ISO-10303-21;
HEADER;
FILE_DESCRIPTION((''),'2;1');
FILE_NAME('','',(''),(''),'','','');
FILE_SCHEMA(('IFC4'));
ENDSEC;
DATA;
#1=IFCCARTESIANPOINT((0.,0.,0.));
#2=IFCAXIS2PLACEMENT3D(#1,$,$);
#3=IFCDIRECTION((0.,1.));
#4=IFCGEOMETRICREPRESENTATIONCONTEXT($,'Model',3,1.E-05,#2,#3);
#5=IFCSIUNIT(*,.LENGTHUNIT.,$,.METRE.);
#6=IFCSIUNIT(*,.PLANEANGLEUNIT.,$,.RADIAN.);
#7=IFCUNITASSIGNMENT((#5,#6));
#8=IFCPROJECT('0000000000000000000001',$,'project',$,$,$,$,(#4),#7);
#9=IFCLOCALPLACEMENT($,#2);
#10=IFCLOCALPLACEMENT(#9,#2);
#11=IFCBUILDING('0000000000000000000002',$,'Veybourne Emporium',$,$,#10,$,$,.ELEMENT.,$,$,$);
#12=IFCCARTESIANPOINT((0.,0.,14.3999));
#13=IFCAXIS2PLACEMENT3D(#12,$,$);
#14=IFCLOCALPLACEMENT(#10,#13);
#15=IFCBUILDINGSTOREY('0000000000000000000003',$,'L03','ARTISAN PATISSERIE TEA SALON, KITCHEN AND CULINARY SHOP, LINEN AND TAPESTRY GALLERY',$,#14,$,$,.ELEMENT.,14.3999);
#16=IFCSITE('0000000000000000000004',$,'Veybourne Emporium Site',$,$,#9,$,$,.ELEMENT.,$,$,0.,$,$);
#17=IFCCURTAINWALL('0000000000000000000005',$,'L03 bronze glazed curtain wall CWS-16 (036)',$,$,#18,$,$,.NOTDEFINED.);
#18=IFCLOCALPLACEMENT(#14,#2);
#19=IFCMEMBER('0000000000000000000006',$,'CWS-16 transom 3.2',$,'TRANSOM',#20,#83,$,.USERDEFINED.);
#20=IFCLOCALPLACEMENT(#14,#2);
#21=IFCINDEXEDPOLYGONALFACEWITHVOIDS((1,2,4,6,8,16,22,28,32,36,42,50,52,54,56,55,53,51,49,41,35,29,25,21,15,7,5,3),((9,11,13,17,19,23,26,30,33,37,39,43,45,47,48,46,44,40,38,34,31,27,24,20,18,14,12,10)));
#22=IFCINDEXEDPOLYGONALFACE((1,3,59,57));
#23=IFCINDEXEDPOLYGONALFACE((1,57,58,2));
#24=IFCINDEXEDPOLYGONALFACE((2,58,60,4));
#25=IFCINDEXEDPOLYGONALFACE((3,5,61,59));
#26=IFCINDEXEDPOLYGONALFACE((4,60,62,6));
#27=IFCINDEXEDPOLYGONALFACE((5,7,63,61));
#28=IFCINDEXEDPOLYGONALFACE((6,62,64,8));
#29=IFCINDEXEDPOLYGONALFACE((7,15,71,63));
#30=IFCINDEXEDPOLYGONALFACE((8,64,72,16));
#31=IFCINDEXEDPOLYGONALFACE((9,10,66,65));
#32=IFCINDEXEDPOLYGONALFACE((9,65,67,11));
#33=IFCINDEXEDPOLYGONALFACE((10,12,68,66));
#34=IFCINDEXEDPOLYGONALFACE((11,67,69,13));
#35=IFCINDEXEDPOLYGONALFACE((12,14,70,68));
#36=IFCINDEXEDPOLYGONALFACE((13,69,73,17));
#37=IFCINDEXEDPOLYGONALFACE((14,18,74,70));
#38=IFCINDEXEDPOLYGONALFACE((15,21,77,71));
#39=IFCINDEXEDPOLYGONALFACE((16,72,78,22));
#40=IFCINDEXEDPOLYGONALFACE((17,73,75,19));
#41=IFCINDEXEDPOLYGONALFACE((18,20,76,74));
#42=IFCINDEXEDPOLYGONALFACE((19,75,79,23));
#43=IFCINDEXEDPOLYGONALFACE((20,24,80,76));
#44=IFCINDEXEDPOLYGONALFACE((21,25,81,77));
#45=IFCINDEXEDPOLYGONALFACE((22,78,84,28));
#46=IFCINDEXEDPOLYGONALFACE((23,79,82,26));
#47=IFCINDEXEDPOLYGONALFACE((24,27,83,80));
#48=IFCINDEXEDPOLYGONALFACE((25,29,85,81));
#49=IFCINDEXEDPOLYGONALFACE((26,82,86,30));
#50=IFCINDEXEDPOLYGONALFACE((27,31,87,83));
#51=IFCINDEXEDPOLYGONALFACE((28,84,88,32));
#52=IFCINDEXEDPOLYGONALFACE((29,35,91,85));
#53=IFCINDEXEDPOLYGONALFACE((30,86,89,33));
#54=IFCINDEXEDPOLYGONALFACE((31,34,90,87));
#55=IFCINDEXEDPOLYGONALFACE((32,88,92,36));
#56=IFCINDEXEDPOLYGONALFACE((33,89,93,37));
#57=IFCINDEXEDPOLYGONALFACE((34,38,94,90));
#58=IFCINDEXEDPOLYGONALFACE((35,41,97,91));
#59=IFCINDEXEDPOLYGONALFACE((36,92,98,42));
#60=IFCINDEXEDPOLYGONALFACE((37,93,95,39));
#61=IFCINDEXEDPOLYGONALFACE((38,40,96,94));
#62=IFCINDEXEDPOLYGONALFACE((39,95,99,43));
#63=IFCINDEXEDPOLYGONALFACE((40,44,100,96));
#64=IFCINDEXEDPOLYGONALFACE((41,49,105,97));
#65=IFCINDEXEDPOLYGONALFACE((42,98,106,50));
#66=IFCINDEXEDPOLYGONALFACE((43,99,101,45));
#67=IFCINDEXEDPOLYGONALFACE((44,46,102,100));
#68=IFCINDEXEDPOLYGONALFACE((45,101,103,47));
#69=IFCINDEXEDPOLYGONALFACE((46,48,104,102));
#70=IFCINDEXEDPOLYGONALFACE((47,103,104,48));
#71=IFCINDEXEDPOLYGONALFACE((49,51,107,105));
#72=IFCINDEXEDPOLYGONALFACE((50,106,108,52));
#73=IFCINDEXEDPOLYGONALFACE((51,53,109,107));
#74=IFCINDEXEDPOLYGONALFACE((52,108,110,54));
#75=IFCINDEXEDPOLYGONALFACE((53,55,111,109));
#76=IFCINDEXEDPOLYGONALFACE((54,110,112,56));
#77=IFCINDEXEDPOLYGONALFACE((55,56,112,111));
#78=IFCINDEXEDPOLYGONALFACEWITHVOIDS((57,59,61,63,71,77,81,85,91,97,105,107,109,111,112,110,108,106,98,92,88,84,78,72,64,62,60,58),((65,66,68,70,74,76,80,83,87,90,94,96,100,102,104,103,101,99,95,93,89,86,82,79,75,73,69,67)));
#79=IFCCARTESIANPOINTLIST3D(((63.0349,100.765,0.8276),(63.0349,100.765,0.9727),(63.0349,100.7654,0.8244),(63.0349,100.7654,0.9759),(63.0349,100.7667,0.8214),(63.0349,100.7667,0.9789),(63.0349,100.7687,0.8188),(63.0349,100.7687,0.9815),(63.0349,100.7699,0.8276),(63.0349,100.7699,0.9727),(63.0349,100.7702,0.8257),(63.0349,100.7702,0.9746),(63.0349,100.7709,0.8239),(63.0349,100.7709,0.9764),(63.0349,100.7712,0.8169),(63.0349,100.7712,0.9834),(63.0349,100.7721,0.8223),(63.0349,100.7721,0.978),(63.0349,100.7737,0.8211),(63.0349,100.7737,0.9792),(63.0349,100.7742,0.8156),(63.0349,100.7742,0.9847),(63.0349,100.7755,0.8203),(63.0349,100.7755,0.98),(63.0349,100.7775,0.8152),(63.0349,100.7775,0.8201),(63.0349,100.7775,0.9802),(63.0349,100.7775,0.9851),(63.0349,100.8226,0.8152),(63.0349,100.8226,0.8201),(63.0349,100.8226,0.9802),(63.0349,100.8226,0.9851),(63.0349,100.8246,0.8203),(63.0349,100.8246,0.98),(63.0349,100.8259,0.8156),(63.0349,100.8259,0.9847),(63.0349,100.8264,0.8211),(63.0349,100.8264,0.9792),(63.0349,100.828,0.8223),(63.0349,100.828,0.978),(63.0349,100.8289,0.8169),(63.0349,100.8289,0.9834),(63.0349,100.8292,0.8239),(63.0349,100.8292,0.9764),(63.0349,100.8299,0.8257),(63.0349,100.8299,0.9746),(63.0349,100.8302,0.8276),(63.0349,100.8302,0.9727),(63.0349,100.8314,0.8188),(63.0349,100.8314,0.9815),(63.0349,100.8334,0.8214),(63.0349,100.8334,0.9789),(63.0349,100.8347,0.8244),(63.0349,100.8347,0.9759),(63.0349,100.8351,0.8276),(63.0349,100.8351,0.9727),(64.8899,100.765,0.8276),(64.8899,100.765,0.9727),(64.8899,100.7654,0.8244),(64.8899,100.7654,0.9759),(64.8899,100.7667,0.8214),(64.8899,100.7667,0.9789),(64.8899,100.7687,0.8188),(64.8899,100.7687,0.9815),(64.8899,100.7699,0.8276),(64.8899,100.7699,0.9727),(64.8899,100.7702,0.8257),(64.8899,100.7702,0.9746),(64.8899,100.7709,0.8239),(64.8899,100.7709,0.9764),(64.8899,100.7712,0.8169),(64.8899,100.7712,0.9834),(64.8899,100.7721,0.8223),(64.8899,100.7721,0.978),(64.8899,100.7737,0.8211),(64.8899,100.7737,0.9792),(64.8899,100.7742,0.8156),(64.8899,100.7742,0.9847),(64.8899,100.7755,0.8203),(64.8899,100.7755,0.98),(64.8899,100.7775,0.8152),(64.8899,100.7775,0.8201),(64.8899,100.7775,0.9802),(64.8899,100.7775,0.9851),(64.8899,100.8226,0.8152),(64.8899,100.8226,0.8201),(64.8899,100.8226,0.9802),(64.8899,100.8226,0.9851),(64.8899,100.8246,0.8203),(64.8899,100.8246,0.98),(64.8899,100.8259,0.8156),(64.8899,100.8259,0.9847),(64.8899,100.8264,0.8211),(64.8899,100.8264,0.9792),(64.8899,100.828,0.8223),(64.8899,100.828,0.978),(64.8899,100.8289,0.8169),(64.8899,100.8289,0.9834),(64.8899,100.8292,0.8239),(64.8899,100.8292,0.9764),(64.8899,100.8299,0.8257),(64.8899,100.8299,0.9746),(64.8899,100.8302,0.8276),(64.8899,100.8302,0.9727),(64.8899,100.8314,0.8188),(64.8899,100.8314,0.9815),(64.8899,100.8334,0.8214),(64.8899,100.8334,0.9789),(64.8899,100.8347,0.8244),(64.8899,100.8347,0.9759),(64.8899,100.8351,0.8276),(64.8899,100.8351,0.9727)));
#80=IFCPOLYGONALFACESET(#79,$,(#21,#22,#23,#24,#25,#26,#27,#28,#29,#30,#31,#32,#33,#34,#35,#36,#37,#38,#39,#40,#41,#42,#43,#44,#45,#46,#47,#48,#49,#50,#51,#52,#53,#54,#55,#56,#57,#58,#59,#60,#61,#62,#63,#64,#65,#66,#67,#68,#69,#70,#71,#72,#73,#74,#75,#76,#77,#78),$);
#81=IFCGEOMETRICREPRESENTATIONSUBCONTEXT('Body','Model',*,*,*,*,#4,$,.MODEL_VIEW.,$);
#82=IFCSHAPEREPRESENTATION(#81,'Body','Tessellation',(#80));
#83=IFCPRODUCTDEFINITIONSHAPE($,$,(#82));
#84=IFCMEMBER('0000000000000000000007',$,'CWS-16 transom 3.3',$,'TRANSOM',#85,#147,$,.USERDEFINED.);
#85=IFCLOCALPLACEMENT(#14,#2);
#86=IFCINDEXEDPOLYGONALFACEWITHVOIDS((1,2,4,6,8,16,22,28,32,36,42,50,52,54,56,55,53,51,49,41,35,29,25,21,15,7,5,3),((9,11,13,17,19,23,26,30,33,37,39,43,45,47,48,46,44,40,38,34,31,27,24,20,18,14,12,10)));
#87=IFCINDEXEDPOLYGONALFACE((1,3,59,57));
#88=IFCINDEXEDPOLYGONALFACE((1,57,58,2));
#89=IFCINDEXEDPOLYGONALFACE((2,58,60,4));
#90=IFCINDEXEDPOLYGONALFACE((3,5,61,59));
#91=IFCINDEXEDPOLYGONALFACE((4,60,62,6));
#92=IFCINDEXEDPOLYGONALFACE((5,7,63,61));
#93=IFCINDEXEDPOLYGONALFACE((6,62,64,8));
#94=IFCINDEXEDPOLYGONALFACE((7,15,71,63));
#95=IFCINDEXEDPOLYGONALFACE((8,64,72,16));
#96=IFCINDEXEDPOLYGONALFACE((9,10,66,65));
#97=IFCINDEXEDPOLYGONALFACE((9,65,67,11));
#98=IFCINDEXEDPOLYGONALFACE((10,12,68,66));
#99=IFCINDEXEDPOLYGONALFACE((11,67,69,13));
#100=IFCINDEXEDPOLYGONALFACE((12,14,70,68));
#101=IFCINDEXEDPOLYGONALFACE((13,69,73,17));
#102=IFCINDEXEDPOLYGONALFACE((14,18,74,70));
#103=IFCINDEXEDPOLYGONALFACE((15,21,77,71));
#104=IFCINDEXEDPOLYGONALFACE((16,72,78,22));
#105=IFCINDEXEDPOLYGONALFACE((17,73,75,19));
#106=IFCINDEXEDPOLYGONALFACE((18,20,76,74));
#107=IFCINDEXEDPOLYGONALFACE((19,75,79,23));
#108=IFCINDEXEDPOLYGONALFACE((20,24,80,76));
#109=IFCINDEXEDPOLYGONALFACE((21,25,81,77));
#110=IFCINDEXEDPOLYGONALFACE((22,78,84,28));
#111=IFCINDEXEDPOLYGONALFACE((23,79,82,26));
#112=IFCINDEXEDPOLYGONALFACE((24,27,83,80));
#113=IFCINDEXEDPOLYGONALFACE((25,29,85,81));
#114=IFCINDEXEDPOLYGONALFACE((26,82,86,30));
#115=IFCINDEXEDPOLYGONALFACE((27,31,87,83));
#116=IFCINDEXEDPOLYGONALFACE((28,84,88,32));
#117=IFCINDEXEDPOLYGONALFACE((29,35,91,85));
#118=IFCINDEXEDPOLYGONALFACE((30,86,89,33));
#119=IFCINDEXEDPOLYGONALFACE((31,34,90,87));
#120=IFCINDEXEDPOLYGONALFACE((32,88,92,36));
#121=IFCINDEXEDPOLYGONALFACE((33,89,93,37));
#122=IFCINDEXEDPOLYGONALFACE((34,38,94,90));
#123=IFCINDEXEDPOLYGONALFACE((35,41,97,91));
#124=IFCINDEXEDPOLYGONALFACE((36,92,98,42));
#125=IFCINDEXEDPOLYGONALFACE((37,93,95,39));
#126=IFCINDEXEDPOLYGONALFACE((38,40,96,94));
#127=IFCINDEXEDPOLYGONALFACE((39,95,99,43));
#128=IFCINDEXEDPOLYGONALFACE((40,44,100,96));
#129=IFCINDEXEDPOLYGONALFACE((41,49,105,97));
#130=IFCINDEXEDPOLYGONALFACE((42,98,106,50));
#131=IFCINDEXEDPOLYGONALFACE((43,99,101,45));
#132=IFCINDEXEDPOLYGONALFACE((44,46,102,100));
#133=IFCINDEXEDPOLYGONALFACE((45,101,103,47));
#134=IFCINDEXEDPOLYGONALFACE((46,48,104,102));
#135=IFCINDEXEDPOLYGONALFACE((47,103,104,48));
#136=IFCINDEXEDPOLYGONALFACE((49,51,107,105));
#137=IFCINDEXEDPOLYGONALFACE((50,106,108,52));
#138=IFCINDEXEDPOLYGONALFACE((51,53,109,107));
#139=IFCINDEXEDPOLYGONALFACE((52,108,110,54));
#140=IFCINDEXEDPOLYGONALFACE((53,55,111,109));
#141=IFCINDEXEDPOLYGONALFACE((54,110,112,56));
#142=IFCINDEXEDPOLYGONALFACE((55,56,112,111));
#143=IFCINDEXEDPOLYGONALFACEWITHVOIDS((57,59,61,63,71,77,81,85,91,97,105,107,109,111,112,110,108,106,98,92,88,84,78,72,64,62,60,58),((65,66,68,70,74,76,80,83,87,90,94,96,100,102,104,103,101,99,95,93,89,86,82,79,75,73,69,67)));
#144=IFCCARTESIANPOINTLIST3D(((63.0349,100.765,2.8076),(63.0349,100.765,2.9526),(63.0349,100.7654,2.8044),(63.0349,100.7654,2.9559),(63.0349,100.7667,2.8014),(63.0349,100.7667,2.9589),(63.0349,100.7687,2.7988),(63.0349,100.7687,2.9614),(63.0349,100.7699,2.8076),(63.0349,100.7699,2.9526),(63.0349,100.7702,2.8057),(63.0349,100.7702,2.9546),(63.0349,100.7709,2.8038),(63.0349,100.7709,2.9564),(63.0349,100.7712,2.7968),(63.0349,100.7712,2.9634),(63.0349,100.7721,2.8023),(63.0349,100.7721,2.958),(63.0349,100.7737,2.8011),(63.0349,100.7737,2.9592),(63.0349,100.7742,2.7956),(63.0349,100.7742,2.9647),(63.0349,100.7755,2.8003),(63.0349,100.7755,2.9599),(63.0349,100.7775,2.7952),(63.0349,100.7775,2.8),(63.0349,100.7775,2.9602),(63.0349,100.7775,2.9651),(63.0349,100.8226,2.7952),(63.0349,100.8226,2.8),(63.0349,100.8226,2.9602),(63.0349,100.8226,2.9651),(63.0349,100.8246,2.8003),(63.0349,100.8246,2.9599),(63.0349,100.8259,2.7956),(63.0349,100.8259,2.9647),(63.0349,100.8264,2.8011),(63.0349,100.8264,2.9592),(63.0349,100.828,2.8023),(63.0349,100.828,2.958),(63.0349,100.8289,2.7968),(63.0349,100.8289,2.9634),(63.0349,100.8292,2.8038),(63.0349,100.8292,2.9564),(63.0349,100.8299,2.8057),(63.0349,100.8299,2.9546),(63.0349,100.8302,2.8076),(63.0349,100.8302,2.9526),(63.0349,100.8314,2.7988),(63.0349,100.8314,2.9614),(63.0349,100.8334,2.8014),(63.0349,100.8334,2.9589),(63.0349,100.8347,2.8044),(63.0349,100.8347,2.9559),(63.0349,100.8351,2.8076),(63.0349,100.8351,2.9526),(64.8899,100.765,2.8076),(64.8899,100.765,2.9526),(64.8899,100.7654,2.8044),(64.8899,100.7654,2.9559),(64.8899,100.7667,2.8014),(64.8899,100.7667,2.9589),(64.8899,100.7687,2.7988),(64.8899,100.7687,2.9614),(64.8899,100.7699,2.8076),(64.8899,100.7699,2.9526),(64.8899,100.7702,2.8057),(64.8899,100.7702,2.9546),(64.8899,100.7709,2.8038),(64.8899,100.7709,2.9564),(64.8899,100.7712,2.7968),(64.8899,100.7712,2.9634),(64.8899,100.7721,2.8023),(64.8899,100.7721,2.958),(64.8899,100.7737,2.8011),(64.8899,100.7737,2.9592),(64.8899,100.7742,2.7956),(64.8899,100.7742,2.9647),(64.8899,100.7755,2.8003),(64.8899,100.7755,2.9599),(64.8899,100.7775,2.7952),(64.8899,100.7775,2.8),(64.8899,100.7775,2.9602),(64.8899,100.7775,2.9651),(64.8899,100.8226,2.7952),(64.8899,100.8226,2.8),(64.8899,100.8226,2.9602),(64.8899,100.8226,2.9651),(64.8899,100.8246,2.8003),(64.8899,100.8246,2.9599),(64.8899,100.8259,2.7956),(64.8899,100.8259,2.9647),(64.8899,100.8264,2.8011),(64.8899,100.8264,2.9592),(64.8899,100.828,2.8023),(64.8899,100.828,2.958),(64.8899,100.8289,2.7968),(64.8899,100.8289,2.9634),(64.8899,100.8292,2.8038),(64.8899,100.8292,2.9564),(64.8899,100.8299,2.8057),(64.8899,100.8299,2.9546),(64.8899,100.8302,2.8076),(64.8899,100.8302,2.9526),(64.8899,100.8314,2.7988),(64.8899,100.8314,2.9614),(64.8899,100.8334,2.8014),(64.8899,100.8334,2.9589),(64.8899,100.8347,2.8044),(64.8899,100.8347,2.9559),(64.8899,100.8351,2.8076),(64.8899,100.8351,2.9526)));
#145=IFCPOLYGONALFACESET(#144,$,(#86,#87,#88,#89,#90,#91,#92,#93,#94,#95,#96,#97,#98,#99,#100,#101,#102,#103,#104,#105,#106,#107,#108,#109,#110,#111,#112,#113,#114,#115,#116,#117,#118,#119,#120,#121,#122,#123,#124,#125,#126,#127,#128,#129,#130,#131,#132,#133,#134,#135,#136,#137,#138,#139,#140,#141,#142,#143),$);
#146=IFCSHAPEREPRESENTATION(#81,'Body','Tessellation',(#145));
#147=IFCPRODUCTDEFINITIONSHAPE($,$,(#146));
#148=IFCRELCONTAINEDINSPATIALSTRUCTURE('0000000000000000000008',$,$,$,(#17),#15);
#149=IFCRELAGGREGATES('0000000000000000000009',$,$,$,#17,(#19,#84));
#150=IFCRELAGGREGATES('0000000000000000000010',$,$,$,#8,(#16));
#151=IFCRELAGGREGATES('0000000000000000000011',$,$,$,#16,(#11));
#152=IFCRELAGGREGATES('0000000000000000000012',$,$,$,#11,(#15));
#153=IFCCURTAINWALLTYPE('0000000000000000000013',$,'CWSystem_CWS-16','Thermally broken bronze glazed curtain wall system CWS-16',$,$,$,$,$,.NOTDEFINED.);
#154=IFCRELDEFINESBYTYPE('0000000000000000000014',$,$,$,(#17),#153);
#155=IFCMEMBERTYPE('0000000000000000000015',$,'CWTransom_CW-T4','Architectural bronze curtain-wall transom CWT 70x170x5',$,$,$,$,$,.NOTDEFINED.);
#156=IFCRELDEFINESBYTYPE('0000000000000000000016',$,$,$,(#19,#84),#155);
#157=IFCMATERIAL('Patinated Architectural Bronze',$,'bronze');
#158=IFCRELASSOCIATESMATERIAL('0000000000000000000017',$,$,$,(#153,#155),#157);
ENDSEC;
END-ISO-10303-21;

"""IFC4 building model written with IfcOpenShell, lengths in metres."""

from ifc_helpers import new_model, si_unit, direction, frame, origin, origin_2d, place, context, subcontext, project, spatial, hollow_rectangle, extrude, material, material_profile, profile_set, type_object, element, aggregate, save


model = new_model("IFC4")

# Units and contexts
model_context = context("Model", 3, precision=1e-05, world=origin(), true_north=direction((0.0, 1.0)))
body_context = subcontext(model_context, "Body", "Model", "MODEL_VIEW")
ifc_project = project(units=[si_unit("LENGTHUNIT", "METRE"), si_unit("PLANEANGLEUNIT", "RADIAN")], contexts=[model_context])

# Site, building, storey
site_placement = place(None, origin())
site = spatial("IfcSite", under=ifc_project, at=site_placement, Name="Veybourne Emporium Site", CompositionType="ELEMENT", RefElevation=0.0)
building_placement = place(site_placement, origin())
building = spatial("IfcBuilding", under=site, at=building_placement, Name="Veybourne Emporium", CompositionType="ELEMENT")
storey_placement = place(building_placement, frame((0.0, 0.0, 14.3999)))
storey = spatial("IfcBuildingStorey", under=building, at=storey_placement, Name="L03", Description="ARTISAN PATISSERIE TEA SALON, KITCHEN AND CULINARY SHOP, LINEN AND TAPESTRY GALLERY", CompositionType="ELEMENT", Elevation=14.3999)

# Curtain wall, members
ifc_material_1 = material(Name="Patinated Architectural Bronze", Category="bronze")
curtain_wall_type = type_object("IfcCurtainWallType", Name="CWSystem_CWS-16", Description="Thermally broken bronze glazed curtain wall system CWS-16", PredefinedType="NOTDEFINED", material=ifc_material_1)
curtain_wall_placement = place(storey_placement, origin())
curtain_wall = element("IfcCurtainWall", 1, at=curtain_wall_placement, inside=storey, type_object=curtain_wall_type, Name="L03 bronze glazed curtain wall CWS-16 (036)", PredefinedType="NOTDEFINED")
ifc_material_profile_1 = material_profile(ifc_material_1, hollow_rectangle(XDim=0.0701, YDim=0.1699, WallThickness=0.0049, InnerFilletRadius=0.0076, OuterFilletRadius=0.0125, at=origin_2d()), Name="CWT 70x170x5")
ifc_profile_set_1 = profile_set([ifc_material_profile_1], Name="Patinated Architectural Bronze")
member_type_1 = type_object("IfcMemberType", Name="CWTransom_CW-T4", Description="Architectural bronze curtain-wall transom CWT 70x170x5", PredefinedType="NOTDEFINED", material=ifc_profile_set_1)
member_1_placement = place(storey_placement, frame((63.0349, 100.8, 0.9001), z_axis=(1.0, 0.0, 0.0), x_axis=(0.0, 1.0, 0.0)))
member_1 = element("IfcMember", 2, at=member_1_placement, type_object=member_type_1, Name="CWS-16 transom 3.2", ObjectType="TRANSOM", PredefinedType="USERDEFINED", context=body_context, shape_type="SweptSolid", body=[
    extrude(hollow_rectangle(XDim=0.0701, YDim=0.1699, WallThickness=0.0049, InnerFilletRadius=0.0076, OuterFilletRadius=0.0125, at=origin_2d()), origin(), (0.0, 0.0, 1.0), 1.855),
])
member_2_placement = place(storey_placement, frame((63.0349, 100.8, 2.8801), z_axis=(1.0, 0.0, 0.0), x_axis=(0.0, 1.0, 0.0)))
member_2 = element("IfcMember", 3, at=member_2_placement, type_object=member_type_1, Name="CWS-16 transom 3.3", ObjectType="TRANSOM", PredefinedType="USERDEFINED", context=body_context, shape_type="SweptSolid", body=[
    extrude(hollow_rectangle(XDim=0.0701, YDim=0.1699, WallThickness=0.0049, InnerFilletRadius=0.0076, OuterFilletRadius=0.0125, at=origin_2d()), origin(), (0.0, 0.0, 1.0), 1.855),
])

aggregate(curtain_wall, [member_1, member_2])

save(model, "model.ifc")
